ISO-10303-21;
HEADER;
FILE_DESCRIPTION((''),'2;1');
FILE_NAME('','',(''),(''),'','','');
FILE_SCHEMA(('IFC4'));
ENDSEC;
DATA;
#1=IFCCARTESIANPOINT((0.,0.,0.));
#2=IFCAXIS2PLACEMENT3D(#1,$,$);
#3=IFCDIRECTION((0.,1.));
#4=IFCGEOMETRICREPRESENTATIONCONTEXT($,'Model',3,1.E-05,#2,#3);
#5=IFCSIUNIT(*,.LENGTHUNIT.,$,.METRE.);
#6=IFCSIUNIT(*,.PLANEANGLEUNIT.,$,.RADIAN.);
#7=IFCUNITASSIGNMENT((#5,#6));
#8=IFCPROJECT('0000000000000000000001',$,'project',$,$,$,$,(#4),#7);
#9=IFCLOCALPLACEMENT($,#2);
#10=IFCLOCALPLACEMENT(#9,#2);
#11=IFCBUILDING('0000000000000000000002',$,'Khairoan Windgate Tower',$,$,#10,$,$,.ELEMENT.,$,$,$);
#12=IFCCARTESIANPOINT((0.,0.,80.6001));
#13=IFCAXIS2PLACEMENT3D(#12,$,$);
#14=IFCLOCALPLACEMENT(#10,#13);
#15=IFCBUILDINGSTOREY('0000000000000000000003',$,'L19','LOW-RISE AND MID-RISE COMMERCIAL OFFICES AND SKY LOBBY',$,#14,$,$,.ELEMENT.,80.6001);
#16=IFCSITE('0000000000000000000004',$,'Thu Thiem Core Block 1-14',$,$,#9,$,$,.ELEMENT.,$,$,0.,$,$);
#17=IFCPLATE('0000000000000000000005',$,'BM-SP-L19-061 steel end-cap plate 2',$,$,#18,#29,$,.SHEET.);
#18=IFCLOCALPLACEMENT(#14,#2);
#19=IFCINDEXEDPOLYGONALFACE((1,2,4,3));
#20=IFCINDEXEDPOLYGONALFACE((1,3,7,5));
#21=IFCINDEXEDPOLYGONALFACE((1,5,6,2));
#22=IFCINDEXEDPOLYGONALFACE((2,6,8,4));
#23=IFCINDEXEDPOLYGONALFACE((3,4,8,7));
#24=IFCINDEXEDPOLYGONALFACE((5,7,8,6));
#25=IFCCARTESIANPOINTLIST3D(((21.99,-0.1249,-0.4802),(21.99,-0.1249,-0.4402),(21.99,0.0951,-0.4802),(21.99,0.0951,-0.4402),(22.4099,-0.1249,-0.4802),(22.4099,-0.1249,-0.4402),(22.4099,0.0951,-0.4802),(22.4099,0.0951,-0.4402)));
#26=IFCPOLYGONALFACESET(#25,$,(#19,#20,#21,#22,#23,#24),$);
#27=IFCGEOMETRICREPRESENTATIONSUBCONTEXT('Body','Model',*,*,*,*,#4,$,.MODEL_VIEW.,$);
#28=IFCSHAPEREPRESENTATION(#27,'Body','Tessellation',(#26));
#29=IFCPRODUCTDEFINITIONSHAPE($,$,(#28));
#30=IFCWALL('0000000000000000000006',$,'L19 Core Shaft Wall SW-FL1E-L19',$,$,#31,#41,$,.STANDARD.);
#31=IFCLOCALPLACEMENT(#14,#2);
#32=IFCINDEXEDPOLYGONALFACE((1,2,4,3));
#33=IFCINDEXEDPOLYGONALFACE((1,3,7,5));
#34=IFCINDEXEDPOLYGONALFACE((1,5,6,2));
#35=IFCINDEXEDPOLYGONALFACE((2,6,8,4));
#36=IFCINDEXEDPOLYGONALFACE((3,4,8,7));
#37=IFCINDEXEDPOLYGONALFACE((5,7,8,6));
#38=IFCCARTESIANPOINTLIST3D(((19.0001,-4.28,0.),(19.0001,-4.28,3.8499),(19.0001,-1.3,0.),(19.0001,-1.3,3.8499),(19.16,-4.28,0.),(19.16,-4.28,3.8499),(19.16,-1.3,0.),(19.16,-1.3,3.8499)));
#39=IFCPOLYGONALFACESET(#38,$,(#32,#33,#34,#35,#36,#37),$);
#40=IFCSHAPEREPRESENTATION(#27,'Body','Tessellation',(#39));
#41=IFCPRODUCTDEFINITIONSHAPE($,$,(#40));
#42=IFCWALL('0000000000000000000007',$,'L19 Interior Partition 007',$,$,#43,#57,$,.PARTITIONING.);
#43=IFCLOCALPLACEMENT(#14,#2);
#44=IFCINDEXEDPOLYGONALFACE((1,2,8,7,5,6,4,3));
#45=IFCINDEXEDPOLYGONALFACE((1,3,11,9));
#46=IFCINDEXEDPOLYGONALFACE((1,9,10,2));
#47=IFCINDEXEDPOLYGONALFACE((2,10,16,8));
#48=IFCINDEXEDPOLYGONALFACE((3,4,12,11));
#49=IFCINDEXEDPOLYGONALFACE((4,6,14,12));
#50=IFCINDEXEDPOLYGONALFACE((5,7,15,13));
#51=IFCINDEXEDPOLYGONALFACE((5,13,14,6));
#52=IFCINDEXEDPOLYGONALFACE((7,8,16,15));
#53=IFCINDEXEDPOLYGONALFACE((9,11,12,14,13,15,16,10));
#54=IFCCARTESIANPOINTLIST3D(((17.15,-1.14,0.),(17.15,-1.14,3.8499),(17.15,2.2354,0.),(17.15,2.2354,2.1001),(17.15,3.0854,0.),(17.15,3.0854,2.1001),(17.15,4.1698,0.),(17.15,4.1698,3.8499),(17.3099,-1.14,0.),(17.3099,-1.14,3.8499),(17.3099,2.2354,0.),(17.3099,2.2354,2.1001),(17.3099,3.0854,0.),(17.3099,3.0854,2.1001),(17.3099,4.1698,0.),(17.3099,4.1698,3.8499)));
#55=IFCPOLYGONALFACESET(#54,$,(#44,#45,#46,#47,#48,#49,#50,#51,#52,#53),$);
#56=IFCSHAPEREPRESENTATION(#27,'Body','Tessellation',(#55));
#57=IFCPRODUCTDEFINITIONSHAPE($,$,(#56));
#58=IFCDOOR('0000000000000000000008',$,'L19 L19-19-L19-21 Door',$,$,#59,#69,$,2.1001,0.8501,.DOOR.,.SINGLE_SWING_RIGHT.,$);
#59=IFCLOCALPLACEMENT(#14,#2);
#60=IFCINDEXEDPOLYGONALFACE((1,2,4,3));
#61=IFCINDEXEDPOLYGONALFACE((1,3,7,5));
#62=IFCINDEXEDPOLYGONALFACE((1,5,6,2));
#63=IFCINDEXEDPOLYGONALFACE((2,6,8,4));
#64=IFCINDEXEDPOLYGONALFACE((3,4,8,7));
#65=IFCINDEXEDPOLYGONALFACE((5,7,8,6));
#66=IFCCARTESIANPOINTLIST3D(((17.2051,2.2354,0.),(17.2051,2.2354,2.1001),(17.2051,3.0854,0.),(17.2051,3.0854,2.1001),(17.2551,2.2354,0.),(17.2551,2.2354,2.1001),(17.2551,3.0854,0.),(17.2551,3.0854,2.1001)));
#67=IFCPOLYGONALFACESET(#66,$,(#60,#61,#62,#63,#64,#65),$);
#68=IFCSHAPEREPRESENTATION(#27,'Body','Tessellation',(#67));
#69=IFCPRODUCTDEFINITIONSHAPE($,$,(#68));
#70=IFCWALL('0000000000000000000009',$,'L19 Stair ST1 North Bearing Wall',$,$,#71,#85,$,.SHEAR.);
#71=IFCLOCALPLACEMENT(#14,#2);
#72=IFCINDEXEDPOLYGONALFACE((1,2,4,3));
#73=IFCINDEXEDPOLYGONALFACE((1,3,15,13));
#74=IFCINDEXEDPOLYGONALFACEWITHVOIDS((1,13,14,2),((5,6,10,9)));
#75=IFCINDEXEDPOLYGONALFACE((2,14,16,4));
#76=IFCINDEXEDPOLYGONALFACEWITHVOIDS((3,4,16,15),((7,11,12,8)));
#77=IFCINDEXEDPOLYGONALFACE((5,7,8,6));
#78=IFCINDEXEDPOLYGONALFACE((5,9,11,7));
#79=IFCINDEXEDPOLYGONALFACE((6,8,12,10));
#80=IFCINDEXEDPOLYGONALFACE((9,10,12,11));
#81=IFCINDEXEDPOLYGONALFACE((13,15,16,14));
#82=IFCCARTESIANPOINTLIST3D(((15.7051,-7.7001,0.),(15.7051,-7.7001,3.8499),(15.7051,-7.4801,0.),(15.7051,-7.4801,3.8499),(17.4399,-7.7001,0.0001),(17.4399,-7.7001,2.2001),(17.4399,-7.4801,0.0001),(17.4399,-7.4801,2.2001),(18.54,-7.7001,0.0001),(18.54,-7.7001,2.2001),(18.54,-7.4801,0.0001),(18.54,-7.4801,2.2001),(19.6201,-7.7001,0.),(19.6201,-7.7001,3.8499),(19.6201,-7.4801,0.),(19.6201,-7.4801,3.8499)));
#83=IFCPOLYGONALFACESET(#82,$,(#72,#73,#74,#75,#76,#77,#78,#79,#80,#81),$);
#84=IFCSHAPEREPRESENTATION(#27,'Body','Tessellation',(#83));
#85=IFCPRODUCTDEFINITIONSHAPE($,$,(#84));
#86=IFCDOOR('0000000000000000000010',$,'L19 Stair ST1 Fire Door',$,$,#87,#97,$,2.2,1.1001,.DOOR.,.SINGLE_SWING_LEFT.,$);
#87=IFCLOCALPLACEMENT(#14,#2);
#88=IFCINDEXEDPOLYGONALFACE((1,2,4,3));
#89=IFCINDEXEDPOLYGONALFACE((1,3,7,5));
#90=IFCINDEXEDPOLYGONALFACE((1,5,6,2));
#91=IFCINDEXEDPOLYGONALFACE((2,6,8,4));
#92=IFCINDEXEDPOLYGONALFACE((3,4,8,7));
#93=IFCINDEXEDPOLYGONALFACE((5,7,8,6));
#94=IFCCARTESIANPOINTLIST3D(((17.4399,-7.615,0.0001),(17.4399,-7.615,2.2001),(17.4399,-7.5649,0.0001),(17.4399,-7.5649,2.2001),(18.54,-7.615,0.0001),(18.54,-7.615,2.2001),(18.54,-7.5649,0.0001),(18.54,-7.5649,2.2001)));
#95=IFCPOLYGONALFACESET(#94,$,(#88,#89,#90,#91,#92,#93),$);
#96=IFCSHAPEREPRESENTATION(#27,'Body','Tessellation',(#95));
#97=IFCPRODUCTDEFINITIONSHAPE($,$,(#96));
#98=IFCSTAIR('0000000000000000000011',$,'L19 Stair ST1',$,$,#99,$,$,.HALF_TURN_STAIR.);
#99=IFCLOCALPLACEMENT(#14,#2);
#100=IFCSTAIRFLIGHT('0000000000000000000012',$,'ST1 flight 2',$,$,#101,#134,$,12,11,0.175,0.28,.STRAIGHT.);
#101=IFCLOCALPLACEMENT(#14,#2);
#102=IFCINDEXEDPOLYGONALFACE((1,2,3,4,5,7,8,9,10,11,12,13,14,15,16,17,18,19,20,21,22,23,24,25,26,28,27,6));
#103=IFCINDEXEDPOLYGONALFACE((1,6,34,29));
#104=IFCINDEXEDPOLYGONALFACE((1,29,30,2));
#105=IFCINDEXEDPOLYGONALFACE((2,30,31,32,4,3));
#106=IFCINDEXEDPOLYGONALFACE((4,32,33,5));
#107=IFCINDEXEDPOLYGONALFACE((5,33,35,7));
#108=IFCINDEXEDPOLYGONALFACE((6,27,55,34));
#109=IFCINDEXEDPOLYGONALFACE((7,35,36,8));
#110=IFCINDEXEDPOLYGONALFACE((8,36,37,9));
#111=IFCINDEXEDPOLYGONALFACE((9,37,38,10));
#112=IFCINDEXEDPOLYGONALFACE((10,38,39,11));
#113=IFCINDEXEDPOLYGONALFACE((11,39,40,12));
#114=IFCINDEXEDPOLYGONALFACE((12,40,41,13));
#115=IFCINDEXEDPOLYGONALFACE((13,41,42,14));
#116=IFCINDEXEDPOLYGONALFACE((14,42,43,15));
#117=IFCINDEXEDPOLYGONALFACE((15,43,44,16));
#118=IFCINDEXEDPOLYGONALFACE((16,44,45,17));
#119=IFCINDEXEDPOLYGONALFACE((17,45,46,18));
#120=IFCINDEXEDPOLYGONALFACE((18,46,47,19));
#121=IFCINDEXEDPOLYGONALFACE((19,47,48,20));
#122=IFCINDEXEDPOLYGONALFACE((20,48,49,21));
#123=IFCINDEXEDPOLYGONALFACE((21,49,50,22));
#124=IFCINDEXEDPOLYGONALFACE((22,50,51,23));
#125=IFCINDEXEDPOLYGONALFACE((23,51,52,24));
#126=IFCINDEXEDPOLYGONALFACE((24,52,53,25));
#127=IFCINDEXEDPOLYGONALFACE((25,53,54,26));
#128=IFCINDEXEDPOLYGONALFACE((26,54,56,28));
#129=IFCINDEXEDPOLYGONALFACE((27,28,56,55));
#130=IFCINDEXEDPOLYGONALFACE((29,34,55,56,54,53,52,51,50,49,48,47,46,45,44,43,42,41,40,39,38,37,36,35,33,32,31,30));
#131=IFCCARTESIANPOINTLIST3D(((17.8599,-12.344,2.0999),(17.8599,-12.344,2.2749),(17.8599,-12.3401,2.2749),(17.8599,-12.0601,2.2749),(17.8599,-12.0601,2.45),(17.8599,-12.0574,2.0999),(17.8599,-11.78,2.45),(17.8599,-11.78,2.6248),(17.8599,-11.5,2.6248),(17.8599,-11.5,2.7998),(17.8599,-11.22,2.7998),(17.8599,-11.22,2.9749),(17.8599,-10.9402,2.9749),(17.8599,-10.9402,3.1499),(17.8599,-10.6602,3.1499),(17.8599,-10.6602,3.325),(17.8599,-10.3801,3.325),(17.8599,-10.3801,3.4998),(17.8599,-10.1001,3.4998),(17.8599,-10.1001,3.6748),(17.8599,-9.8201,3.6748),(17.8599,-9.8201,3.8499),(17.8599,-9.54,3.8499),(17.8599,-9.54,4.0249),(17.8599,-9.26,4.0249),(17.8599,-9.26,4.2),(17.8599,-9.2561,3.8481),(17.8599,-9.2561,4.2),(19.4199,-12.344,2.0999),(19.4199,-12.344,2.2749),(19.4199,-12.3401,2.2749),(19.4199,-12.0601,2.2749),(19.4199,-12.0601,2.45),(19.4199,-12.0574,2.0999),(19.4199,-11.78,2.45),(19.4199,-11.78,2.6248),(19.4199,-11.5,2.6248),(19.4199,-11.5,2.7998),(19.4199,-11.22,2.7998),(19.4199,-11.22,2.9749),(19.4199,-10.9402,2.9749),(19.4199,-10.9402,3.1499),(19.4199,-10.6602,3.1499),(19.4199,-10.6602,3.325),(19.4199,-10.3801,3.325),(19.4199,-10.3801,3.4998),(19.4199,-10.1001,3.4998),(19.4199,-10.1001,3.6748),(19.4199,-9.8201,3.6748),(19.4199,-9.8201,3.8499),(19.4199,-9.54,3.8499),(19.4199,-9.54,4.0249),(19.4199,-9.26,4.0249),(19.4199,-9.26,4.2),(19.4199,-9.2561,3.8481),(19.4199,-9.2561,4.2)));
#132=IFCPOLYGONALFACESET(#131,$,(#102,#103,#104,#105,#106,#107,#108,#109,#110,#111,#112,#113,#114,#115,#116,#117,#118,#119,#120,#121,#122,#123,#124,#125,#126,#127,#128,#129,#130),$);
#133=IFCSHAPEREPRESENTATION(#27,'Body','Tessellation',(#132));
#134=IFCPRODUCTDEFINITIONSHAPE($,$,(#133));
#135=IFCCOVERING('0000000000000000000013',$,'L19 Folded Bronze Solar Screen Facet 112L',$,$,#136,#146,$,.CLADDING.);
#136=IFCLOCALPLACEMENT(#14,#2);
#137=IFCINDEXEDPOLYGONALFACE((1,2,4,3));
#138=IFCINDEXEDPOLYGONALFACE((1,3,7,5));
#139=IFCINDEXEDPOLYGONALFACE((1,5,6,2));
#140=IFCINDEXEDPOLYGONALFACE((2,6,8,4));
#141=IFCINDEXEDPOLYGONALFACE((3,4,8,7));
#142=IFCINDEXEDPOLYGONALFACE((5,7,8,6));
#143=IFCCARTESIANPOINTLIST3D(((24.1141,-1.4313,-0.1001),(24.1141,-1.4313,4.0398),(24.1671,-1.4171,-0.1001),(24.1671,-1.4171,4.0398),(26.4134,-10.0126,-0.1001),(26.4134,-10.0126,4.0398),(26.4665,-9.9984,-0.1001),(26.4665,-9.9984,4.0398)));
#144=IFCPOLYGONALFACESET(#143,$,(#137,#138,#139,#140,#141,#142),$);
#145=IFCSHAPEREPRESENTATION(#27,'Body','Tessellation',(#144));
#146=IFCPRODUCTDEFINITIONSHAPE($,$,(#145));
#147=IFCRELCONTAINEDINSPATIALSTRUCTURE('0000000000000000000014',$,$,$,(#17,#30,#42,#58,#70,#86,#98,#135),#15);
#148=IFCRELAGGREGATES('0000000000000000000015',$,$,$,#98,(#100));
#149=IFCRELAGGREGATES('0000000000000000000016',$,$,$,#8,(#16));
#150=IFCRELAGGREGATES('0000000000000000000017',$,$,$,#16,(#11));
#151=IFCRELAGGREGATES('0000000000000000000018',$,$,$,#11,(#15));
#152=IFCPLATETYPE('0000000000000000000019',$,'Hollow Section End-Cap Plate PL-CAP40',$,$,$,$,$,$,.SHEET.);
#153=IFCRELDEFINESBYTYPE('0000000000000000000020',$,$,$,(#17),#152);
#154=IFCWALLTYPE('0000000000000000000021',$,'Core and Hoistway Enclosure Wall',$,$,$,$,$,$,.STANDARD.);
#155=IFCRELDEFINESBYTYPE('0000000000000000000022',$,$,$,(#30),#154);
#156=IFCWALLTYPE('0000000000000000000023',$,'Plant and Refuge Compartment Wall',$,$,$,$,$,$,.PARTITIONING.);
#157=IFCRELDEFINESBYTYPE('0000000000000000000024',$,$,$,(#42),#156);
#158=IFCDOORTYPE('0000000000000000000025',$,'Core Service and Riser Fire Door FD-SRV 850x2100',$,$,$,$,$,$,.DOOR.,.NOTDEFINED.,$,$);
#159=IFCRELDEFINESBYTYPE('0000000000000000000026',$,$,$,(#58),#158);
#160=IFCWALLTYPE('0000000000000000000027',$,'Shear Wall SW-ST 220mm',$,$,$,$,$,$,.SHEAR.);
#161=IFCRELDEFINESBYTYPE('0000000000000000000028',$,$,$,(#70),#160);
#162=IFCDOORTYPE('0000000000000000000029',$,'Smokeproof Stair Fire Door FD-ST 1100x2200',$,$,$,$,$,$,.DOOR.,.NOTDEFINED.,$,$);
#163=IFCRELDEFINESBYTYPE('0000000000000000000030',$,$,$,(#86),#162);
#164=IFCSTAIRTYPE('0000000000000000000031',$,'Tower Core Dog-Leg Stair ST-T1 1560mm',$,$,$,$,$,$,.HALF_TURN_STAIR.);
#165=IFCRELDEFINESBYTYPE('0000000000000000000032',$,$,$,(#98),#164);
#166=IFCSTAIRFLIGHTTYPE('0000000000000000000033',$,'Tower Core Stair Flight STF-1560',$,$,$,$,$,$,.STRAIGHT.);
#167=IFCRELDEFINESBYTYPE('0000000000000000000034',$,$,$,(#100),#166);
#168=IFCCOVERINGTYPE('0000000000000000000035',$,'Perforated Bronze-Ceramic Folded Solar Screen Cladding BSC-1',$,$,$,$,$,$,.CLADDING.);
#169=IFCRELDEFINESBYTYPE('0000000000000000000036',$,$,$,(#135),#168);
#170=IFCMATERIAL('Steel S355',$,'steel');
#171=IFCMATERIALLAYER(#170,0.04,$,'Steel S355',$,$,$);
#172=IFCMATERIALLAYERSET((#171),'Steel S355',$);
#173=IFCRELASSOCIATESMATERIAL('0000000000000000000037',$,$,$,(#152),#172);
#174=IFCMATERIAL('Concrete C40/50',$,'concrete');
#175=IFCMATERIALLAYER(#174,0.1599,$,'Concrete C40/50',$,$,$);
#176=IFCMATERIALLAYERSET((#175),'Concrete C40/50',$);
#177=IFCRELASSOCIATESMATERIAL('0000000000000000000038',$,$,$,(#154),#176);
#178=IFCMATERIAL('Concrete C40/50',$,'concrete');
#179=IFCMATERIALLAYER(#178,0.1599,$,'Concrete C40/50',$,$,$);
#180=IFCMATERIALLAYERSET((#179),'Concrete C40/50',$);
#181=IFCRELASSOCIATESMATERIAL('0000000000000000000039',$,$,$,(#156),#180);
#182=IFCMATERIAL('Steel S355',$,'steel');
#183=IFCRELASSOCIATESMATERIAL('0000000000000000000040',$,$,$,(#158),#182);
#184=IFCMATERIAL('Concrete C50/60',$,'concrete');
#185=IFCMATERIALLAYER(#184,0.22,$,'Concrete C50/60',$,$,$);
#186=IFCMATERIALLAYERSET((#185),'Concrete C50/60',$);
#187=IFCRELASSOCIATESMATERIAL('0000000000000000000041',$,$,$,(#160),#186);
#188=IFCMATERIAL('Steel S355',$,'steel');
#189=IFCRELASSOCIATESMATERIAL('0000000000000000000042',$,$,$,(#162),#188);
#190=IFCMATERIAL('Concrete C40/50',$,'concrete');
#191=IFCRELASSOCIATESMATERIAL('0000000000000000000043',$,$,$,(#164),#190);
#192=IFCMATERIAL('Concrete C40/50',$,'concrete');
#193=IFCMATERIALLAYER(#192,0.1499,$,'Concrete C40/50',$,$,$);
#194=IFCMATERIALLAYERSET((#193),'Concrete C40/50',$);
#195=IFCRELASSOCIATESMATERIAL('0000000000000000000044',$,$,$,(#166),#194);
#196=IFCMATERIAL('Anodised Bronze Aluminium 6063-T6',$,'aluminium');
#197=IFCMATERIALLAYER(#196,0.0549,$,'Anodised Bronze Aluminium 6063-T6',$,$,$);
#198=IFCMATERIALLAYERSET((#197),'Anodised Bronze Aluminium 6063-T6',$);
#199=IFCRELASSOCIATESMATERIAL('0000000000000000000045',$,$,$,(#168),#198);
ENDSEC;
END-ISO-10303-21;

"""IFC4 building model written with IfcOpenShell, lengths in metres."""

from ifc_helpers import new_model, si_unit, direction, frame, frame_2d, origin, origin_2d, place, context, subcontext, project, spatial, polyline, rectangle, outline, extrude, material, layer, layer_set, type_object, element, fill, aggregate, save


model = new_model("IFC4")

# Units and contexts
model_context = context("Model", 3, precision=1e-05, world=origin(), true_north=direction((0.0, 1.0)))
body_context = subcontext(model_context, "Body", "Model", "MODEL_VIEW")
ifc_project = project(units=[si_unit("LENGTHUNIT", "METRE"), si_unit("PLANEANGLEUNIT", "RADIAN")], contexts=[model_context])

# Site, building, storey
site_placement = place(None, origin())
site = spatial("IfcSite", under=ifc_project, at=site_placement, Name="Thu Thiem Core Block 1-14", CompositionType="ELEMENT", RefElevation=0.0)
building_placement = place(site_placement, origin())
building = spatial("IfcBuilding", under=site, at=building_placement, Name="Khairoan Windgate Tower", CompositionType="ELEMENT")
storey_placement = place(building_placement, frame((0.0, 0.0, 80.6001)))
storey = spatial("IfcBuildingStorey", under=building, at=storey_placement, Name="L19", Description="LOW-RISE AND MID-RISE COMMERCIAL OFFICES AND SKY LOBBY", CompositionType="ELEMENT", Elevation=80.6001)

# Plate
ifc_material_1 = material(Name="Steel S355", Category="steel")
ifc_layer_1 = layer(ifc_material_1, 0.04, Name="Steel S355")
ifc_layer_set_1 = layer_set([ifc_layer_1], Name="Steel S355")
plate_type = type_object("IfcPlateType", Name="Hollow Section End-Cap Plate PL-CAP40", PredefinedType="SHEET", material=ifc_layer_set_1)
for number, where, z_axis, x_axis, name in (
    (1, (22.2, -0.0149, -0.4802), (0.0, 0.0, 1.0), (0.0, 1.0, 0.0), "BM-SP-L19-061 steel end-cap plate 2"),
):
    element("IfcPlate", number, at=place(storey_placement, frame(where, z_axis=z_axis, x_axis=x_axis)), inside=storey, type_object=plate_type, Name=name, PredefinedType="SHEET", context=body_context, shape_type="SweptSolid", body=[
        extrude(rectangle(XDim=0.22, YDim=0.4199, at=origin_2d()), origin(), (0.0, 0.0, 1.0), 0.04),
    ])

# Wall
ifc_material_2 = material(Name="Concrete C40/50", Category="concrete")
ifc_layer_2 = layer(ifc_material_2, 0.1599, Name="Concrete C40/50")
ifc_layer_set_2 = layer_set([ifc_layer_2], Name="Concrete C40/50")
wall_type_1 = type_object("IfcWallType", Name="Core and Hoistway Enclosure Wall", PredefinedType="STANDARD", material=ifc_layer_set_2)
wall_1_placement = place(storey_placement, frame((19.0801, -4.28, 0.0), z_axis=(0.0, 0.0, 1.0), x_axis=(0.0, 1.0, 0.0)))
element("IfcWall", 2, at=wall_1_placement, inside=storey, type_object=wall_type_1, Name="L19 Core Shaft Wall SW-FL1E-L19", PredefinedType="STANDARD", context=body_context, shape_type="SweptSolid", body=[
    extrude(rectangle(XDim=2.98, YDim=0.1599, at=frame_2d((1.49, 0.0))), origin(), (0.0, 0.0, 1.0), 3.8499),
])

# Walls, openings, doors
ifc_material_3 = material(Name="Concrete C40/50", Category="concrete")
ifc_layer_3 = layer(ifc_material_3, 0.1599, Name="Concrete C40/50")
ifc_layer_set_3 = layer_set([ifc_layer_3], Name="Concrete C40/50")
wall_type_2 = type_object("IfcWallType", Name="Plant and Refuge Compartment Wall", PredefinedType="PARTITIONING", material=ifc_layer_set_3)
wall_2_placement = place(storey_placement, frame((17.23, -1.1399, 0.0), z_axis=(0.0, 0.0, 1.0), x_axis=(0.0, 1.0, 0.0)))
wall_2 = element("IfcWall", 3, at=wall_2_placement, inside=storey, type_object=wall_type_2, Name="L19 Interior Partition 007", PredefinedType="PARTITIONING", context=body_context, shape_type="SweptSolid", body=[
    extrude(rectangle(XDim=5.3098, YDim=0.1599, at=frame_2d((2.6548, 0.0))), origin(), (0.0, 0.0, 1.0), 3.8499),
])
opening_1_placement = place(wall_2_placement, frame((3.3752, 0.0, 0.0)))
opening_1 = element("IfcOpeningElement", 4, at=opening_1_placement, cuts=wall_2, PredefinedType="OPENING", context=body_context, shape_type="SweptSolid", body=[
    extrude(rectangle(XDim=0.8501, YDim=2.1001, at=frame_2d((0.425, 1.05))), frame((0.0, 0.0898, 0.0), z_axis=(0.0, -1.0, 0.0), x_axis=(1.0, 0.0, 0.0)), (0.0, 0.0, 1.0), 0.1799),
])
ifc_material_4 = material(Name="Steel S355", Category="steel")
door_type_1 = type_object("IfcDoorType", Name="Core Service and Riser Fire Door FD-SRV 850x2100", OperationType="NOTDEFINED", PredefinedType="DOOR", material=ifc_material_4)
door_1_placement = place(opening_1_placement, origin())
door_1 = element("IfcDoor", 5, at=door_1_placement, inside=storey, type_object=door_type_1, Name="L19 L19-19-L19-21 Door", OperationType="SINGLE_SWING_RIGHT", OverallHeight=2.1001, OverallWidth=0.8501, PredefinedType="DOOR", context=body_context, shape_type="SweptSolid", body=[
    extrude(rectangle(XDim=0.8501, YDim=2.1001, at=frame_2d((0.425, 1.05))), frame((0.0, 0.0249, 0.0), z_axis=(0.0, -1.0, 0.0), x_axis=(1.0, 0.0, 0.0)), (0.0, 0.0, 1.0), 0.05),
])
fill(opening_1, door_1)
ifc_material_5 = material(Name="Concrete C50/60", Category="concrete")
ifc_layer_4 = layer(ifc_material_5, 0.22, Name="Concrete C50/60")
ifc_layer_set_4 = layer_set([ifc_layer_4], Name="Concrete C50/60")
wall_type_3 = type_object("IfcWallType", Name="Shear Wall SW-ST 220mm", PredefinedType="SHEAR", material=ifc_layer_set_4)
wall_3_placement = place(storey_placement, frame((19.6201, -7.5901, 0.0), z_axis=(0.0, 0.0, 1.0), x_axis=(-1.0, 0.0, 0.0)))
wall_3 = element("IfcWall", 6, at=wall_3_placement, inside=storey, type_object=wall_type_3, Name="L19 Stair ST1 North Bearing Wall", PredefinedType="SHEAR", context=body_context, shape_type="SweptSolid", body=[
    extrude(rectangle(XDim=3.915, YDim=0.22, at=frame_2d((1.9575, 0.0))), origin(), (0.0, 0.0, 1.0), 3.8499),
])
opening_2_placement = place(wall_3_placement, frame((1.0801, 0.0, 0.0)))
opening_2 = element("IfcOpeningElement", 7, at=opening_2_placement, cuts=wall_3, PredefinedType="OPENING", context=body_context, shape_type="SweptSolid", body=[
    extrude(rectangle(XDim=1.1001, YDim=2.2, at=frame_2d((0.55, 1.1001))), frame((0.0, 0.1199, 0.0), z_axis=(0.0, -1.0, 0.0), x_axis=(1.0, 0.0, 0.0)), (0.0, 0.0, 1.0), 0.24),
])
ifc_material_6 = material(Name="Steel S355", Category="steel")
door_type_2 = type_object("IfcDoorType", Name="Smokeproof Stair Fire Door FD-ST 1100x2200", OperationType="NOTDEFINED", PredefinedType="DOOR", material=ifc_material_6)
door_2_placement = place(opening_2_placement, origin())
door_2 = element("IfcDoor", 8, at=door_2_placement, inside=storey, type_object=door_type_2, Name="L19 Stair ST1 Fire Door", OperationType="SINGLE_SWING_LEFT", OverallHeight=2.2, OverallWidth=1.1001, PredefinedType="DOOR", context=body_context, shape_type="SweptSolid", body=[
    extrude(rectangle(XDim=1.1001, YDim=2.2, at=frame_2d((0.55, 1.1001))), frame((0.0, 0.0249, 0.0), z_axis=(0.0, -1.0, 0.0), x_axis=(1.0, 0.0, 0.0)), (0.0, 0.0, 1.0), 0.05),
])
fill(opening_2, door_2)

# Stair, stair flight
ifc_material_7 = material(Name="Concrete C40/50", Category="concrete")
stair_type = type_object("IfcStairType", Name="Tower Core Dog-Leg Stair ST-T1 1560mm", PredefinedType="HALF_TURN_STAIR", material=ifc_material_7)
stair_placement = place(storey_placement, origin())
stair = element("IfcStair", 9, at=stair_placement, inside=storey, type_object=stair_type, Name="L19 Stair ST1", PredefinedType="HALF_TURN_STAIR")
ifc_material_8 = material(Name="Concrete C40/50", Category="concrete")
ifc_layer_5 = layer(ifc_material_8, 0.1499, Name="Concrete C40/50")
ifc_layer_set_5 = layer_set([ifc_layer_5], Name="Concrete C40/50")
stair_flight_type = type_object("IfcStairFlightType", Name="Tower Core Stair Flight STF-1560", PredefinedType="STRAIGHT", material=ifc_layer_set_5)
stair_flight_placement = place(storey_placement, frame((18.6399, -12.3401, 2.0999), z_axis=(0.0, 0.0, 1.0), x_axis=(0.0, 1.0, 0.0)))
stair_flight = element("IfcStairFlight", 10, at=stair_flight_placement, type_object=stair_flight_type, Name="ST1 flight 2", NumberOfRisers=12, NumberOfTreads=11, PredefinedType="STRAIGHT", RiserHeight=0.175, TreadLength=0.28, context=body_context, shape_type="SweptSolid", body=[
    extrude(outline(polyline([(-0.0039, 0.0), (-0.0039, 0.175), (0.0, 0.175), (0.28, 0.175), (0.28, 0.3501), (0.5601, 0.3501), (0.5601, 0.5249), (0.8401, 0.5249), (0.8401, 0.7), (1.1201, 0.7), (1.1201, 0.875), (1.3999, 0.875), (1.3999, 1.05), (1.6799, 1.05), (1.6799, 1.2251), (1.96, 1.2251), (1.96, 1.3999), (2.24, 1.3999), (2.24, 1.575), (2.52, 1.575), (2.52, 1.75), (2.8, 1.75), (2.8, 1.925), (3.0801, 1.925), (3.0801, 2.1001), (3.084, 2.1001), (3.084, 1.7483), (0.2827, 0.0), (-0.0039, 0.0)])), frame((0.0, 0.78, 0.0), z_axis=(0.0, -1.0, 0.0), x_axis=(1.0, 0.0, 0.0)), (0.0, 0.0, 1.0), 1.5601),
])
aggregate(stair, [stair_flight])

# Covering
ifc_material_9 = material(Name="Anodised Bronze Aluminium 6063-T6", Category="aluminium")
ifc_layer_6 = layer(ifc_material_9, 0.0549, Name="Anodised Bronze Aluminium 6063-T6")
ifc_layer_set_6 = layer_set([ifc_layer_6], Name="Anodised Bronze Aluminium 6063-T6")
covering_type = type_object("IfcCoveringType", Name="Perforated Bronze-Ceramic Folded Solar Screen Cladding BSC-1", PredefinedType="CLADDING", material=ifc_layer_set_6)
covering_placement = place(storey_placement, frame((25.2903, -5.7148, -0.1001), z_axis=(0.0, 0.0, 1.0), x_axis=(0.258819, -0.965926, 0.0)))
element("IfcCovering", 11, at=covering_placement, inside=storey, type_object=covering_type, Name="L19 Folded Bronze Solar Screen Facet 112L", PredefinedType="CLADDING", context=body_context, shape_type="SweptSolid", body=[
    extrude(rectangle(XDim=8.884, YDim=0.0549, at=origin_2d()), origin(), (0.0, 0.0, 1.0), 4.1399),
])

save(model, "model.ifc")
